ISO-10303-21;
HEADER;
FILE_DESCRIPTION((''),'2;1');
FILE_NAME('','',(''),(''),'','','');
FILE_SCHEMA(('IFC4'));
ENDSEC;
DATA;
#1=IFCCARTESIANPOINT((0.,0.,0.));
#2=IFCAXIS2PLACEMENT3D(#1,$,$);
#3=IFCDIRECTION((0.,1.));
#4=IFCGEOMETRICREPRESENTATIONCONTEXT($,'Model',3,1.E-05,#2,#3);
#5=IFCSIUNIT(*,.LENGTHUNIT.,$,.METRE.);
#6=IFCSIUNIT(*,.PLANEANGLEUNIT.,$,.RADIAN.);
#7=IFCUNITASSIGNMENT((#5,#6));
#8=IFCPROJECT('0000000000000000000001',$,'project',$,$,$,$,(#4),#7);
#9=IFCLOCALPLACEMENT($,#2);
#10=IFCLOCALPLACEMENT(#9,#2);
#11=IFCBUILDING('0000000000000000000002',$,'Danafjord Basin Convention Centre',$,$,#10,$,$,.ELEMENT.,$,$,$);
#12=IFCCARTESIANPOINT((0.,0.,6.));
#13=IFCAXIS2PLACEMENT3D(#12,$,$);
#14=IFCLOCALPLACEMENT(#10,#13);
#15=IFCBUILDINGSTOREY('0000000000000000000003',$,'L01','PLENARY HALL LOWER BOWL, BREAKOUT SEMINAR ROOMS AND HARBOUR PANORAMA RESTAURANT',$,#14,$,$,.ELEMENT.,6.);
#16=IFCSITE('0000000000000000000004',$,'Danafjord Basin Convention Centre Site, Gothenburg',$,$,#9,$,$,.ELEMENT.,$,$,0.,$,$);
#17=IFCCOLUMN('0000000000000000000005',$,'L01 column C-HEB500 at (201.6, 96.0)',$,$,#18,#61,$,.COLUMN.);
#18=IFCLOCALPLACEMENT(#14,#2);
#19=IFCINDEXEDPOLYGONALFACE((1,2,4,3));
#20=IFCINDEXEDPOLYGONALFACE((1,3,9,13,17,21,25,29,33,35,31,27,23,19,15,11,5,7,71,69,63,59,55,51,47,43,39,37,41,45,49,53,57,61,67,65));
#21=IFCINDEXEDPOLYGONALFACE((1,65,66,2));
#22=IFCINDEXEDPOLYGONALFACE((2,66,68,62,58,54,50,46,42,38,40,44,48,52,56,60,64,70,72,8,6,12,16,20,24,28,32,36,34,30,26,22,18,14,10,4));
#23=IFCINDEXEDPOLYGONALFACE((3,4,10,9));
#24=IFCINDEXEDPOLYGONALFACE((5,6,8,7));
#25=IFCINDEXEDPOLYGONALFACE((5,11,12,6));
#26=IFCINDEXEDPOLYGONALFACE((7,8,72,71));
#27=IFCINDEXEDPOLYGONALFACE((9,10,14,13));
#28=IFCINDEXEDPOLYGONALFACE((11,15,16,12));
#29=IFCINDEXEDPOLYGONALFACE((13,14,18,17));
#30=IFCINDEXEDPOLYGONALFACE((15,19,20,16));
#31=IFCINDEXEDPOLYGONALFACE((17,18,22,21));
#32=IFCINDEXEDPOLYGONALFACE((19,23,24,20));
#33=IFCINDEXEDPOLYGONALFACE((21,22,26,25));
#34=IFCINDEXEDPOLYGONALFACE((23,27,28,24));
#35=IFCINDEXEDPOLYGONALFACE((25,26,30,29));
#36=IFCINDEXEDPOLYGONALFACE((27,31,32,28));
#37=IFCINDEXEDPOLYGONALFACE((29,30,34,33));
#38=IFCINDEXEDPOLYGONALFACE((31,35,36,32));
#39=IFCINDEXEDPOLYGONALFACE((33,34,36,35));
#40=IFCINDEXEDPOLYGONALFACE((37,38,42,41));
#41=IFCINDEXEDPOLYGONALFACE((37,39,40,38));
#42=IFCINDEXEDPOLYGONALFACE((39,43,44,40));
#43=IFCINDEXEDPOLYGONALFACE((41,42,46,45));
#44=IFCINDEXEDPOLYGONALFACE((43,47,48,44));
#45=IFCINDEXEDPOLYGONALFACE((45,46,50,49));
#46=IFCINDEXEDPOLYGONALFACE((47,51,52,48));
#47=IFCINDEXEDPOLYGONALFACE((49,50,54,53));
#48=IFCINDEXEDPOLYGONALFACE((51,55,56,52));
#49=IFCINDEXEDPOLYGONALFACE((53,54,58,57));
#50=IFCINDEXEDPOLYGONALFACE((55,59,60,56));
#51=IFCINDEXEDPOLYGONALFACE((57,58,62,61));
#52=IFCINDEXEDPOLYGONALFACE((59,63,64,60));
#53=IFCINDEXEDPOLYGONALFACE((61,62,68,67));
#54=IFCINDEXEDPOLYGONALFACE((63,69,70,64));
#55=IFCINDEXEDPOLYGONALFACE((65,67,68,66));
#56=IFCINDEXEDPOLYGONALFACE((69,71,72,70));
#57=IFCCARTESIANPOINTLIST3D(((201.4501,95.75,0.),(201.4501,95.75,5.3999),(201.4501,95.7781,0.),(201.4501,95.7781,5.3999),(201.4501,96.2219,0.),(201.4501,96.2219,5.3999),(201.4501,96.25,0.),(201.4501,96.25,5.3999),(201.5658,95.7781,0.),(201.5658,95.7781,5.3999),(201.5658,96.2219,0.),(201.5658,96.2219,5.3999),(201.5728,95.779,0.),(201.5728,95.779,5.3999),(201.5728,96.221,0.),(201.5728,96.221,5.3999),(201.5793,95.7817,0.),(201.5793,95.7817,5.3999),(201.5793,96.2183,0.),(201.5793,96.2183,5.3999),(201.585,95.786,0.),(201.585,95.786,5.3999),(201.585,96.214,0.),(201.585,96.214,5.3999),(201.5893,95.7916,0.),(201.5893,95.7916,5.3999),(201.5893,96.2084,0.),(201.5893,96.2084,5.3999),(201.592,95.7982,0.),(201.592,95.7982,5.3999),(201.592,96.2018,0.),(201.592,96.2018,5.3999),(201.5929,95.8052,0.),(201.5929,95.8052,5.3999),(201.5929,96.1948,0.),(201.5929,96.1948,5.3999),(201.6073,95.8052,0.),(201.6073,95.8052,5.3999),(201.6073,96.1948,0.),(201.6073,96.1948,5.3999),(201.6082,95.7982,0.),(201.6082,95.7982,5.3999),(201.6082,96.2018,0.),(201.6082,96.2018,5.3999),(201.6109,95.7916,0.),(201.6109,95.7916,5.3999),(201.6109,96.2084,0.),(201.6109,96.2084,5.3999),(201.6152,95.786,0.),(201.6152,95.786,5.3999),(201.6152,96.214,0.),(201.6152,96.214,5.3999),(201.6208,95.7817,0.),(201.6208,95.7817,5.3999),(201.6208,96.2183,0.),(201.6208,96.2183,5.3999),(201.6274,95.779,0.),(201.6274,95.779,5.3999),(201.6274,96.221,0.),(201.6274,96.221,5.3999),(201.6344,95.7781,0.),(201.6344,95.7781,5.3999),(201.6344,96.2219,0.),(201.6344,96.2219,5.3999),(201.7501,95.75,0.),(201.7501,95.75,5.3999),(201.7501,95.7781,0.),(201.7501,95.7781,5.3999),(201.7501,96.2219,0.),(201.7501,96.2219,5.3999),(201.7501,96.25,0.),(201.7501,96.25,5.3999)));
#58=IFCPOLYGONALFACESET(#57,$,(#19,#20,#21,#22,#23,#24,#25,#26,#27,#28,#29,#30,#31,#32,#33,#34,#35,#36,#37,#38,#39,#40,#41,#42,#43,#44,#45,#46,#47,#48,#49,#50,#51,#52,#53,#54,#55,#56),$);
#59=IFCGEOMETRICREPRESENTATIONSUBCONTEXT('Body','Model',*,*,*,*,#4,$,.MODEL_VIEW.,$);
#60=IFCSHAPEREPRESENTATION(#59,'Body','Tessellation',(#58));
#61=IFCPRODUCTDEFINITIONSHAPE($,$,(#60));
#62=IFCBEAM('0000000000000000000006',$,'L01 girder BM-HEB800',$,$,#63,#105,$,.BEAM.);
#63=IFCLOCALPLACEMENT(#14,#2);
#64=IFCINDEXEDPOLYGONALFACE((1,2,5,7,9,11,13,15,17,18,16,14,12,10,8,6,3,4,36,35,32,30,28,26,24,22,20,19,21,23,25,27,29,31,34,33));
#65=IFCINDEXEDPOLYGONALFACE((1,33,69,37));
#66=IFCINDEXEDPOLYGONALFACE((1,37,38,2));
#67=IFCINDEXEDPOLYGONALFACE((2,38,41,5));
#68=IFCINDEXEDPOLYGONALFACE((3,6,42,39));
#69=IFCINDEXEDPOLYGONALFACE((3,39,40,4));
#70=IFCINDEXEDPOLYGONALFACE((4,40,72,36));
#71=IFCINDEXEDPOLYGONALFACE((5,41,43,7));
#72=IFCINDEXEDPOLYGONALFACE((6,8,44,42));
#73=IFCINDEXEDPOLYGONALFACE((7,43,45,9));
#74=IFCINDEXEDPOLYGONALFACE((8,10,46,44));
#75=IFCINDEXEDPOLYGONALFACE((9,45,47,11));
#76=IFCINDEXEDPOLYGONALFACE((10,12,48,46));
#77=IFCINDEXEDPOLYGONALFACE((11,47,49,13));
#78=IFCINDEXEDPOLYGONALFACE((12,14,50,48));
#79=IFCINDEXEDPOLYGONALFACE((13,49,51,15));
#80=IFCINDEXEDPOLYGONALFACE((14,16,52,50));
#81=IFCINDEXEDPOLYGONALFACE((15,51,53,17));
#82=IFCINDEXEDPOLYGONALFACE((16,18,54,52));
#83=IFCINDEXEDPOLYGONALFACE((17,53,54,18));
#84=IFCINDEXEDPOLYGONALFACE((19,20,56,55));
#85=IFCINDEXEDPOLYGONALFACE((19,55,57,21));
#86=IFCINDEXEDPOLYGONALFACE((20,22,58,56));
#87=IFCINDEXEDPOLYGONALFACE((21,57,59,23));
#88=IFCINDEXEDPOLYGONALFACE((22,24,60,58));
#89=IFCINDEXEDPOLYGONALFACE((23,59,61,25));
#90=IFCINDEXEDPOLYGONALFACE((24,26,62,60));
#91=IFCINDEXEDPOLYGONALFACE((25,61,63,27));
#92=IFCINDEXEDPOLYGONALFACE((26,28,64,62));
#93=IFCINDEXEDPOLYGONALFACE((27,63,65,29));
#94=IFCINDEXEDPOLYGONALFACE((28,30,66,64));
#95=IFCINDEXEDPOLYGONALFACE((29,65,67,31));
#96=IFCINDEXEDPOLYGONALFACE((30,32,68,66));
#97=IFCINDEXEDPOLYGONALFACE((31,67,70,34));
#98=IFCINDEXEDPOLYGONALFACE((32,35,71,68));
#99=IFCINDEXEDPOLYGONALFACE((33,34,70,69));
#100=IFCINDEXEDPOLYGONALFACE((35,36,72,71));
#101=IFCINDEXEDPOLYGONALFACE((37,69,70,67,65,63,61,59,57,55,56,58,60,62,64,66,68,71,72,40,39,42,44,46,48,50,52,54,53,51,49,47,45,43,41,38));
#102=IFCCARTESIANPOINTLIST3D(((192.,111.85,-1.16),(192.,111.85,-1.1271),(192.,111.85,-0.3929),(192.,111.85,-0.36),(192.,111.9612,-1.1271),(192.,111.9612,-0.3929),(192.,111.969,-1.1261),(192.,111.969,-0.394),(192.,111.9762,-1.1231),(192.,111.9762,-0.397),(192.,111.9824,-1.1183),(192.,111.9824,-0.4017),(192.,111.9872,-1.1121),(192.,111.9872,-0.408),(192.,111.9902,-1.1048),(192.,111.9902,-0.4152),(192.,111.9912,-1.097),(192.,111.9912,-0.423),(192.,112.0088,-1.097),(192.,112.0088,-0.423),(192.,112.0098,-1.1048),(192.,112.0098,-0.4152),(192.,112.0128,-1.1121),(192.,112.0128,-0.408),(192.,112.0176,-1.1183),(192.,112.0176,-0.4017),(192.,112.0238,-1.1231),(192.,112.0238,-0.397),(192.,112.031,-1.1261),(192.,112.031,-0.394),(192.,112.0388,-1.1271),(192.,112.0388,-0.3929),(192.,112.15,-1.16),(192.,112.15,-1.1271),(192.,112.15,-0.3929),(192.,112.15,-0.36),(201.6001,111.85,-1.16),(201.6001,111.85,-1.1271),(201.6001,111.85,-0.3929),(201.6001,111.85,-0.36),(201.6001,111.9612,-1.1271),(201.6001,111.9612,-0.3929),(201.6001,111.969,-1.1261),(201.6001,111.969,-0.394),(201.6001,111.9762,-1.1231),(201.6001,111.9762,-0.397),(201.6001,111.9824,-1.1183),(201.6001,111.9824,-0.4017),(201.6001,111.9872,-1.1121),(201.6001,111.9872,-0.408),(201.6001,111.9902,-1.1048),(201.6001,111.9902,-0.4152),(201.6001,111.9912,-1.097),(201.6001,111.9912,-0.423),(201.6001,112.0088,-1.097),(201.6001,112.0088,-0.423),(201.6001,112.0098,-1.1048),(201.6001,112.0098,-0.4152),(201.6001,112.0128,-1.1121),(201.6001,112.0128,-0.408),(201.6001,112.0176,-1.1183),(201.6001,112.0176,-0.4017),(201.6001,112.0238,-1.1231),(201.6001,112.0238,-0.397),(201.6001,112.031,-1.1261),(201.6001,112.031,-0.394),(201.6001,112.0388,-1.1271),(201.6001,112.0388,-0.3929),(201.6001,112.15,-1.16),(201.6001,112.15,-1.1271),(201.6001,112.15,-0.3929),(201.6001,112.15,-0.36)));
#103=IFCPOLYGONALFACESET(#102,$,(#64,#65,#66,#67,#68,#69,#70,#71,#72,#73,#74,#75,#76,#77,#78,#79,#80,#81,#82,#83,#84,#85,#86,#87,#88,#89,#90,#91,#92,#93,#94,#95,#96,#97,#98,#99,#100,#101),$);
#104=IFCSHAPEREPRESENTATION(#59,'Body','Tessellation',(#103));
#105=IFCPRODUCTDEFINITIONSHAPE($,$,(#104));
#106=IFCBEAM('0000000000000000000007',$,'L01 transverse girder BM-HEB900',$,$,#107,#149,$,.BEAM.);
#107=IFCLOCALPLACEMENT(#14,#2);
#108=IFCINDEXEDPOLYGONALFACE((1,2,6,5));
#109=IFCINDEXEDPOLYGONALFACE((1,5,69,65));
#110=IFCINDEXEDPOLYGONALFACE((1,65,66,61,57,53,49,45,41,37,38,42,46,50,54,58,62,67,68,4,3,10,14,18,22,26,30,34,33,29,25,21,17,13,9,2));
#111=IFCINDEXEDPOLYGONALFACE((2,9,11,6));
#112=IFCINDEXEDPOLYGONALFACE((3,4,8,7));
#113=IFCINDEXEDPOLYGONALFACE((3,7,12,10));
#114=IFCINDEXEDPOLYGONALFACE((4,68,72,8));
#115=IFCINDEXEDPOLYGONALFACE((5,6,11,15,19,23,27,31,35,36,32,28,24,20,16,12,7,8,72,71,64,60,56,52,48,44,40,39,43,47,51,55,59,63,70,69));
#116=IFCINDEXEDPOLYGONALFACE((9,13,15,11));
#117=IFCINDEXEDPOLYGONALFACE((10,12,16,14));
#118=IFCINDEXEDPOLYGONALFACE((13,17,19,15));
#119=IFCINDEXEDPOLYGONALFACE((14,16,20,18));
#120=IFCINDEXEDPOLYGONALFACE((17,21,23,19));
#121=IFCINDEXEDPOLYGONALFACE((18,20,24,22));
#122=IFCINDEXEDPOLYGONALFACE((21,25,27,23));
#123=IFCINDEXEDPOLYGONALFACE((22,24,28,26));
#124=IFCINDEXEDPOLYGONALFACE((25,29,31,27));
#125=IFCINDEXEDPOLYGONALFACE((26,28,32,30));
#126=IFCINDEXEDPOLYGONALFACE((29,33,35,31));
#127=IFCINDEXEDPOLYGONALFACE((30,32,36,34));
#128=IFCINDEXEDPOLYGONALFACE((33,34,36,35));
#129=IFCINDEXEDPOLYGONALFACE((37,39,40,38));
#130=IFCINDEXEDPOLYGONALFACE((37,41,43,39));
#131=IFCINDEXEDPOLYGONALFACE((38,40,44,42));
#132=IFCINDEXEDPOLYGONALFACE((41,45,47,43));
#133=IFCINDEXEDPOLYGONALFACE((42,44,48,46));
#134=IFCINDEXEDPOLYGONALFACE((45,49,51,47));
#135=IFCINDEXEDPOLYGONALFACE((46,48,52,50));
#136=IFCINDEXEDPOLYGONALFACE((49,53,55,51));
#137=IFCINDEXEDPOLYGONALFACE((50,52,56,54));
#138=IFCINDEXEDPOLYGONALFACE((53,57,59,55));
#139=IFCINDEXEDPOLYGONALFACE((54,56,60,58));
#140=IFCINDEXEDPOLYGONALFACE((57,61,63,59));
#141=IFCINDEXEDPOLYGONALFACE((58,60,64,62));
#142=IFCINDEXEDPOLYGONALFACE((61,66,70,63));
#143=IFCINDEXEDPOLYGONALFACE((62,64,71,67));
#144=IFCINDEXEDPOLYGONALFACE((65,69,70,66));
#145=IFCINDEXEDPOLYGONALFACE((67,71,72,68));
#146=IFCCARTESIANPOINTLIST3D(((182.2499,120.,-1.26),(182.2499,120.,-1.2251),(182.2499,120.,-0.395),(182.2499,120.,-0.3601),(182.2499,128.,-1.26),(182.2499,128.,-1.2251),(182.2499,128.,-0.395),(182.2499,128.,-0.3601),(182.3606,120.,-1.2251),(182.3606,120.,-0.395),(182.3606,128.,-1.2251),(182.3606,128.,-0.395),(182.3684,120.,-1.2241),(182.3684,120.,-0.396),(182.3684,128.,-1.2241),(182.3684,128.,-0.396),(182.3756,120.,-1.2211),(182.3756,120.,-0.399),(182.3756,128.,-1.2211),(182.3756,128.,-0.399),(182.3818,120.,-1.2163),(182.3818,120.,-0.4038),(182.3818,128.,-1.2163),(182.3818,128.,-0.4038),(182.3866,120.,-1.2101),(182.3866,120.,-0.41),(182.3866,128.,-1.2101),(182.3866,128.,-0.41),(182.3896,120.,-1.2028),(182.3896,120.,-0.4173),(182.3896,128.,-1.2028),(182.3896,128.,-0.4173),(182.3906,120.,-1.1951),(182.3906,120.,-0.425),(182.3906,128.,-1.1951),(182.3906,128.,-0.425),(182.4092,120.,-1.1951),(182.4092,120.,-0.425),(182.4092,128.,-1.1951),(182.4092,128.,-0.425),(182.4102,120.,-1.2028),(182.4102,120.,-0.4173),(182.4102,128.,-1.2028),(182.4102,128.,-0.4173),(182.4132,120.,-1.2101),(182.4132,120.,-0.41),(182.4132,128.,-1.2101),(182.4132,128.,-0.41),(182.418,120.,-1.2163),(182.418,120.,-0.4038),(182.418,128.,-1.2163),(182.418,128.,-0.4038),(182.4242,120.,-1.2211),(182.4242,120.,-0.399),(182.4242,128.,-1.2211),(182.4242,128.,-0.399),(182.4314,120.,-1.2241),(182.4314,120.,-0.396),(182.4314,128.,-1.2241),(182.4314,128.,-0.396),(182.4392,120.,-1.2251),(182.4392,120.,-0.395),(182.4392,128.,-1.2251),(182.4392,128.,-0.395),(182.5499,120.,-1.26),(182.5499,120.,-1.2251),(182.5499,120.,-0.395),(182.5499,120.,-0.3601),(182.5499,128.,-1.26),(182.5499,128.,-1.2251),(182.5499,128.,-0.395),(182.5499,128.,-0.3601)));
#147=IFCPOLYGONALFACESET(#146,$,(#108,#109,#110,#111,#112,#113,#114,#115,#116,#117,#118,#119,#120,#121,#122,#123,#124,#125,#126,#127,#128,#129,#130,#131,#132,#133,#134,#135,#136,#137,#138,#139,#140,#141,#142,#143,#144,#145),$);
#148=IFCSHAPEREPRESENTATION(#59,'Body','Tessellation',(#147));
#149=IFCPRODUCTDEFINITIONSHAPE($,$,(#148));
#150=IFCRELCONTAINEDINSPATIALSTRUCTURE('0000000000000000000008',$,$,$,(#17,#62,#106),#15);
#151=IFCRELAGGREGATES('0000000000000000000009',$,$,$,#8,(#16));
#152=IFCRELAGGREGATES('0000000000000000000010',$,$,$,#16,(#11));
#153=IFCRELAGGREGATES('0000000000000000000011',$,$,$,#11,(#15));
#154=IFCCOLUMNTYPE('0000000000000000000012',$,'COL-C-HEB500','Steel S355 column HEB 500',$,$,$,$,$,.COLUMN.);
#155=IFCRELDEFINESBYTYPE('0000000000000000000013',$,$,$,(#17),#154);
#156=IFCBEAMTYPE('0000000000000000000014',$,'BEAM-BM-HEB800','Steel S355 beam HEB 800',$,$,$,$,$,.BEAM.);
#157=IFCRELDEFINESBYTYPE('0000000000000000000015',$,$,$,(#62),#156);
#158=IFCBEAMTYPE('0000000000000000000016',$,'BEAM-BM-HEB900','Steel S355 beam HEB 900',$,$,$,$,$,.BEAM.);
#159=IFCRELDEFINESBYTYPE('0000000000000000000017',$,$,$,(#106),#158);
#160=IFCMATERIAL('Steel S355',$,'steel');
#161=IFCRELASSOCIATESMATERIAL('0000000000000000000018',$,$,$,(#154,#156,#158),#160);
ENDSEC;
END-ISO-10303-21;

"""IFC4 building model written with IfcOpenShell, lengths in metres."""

from ifc_helpers import new_model, si_unit, direction, frame, origin, origin_2d, place, context, subcontext, project, spatial, i_section, extrude, material, material_profile, profile_set, type_object, element, save


model = new_model("IFC4")

# Units and contexts
model_context = context("Model", 3, precision=1e-05, world=origin(), true_north=direction((0.0, 1.0)))
body_context = subcontext(model_context, "Body", "Model", "MODEL_VIEW")
ifc_project = project(units=[si_unit("LENGTHUNIT", "METRE"), si_unit("PLANEANGLEUNIT", "RADIAN")], contexts=[model_context])

# Site, building, storey
site_placement = place(None, origin())
site = spatial("IfcSite", under=ifc_project, at=site_placement, Name="Danafjord Basin Convention Centre Site, Gothenburg", CompositionType="ELEMENT", RefElevation=0.0)
building_placement = place(site_placement, origin())
building = spatial("IfcBuilding", under=site, at=building_placement, Name="Danafjord Basin Convention Centre", CompositionType="ELEMENT")
storey_placement = place(building_placement, frame((0.0, 0.0, 6.0)))
storey = spatial("IfcBuildingStorey", under=building, at=storey_placement, Name="L01", Description="PLENARY HALL LOWER BOWL, BREAKOUT SEMINAR ROOMS AND HARBOUR PANORAMA RESTAURANT", CompositionType="ELEMENT", Elevation=6.0)

# Column
ifc_material_1 = material(Name="Steel S355", Category="steel")
ifc_material_profile_1 = material_profile(ifc_material_1, i_section(OverallWidth=0.3, OverallDepth=0.5, WebThickness=0.0144, FlangeThickness=0.0281, FilletRadius=0.0271, at=origin_2d()), Name="HEB 500")
ifc_profile_set_1 = profile_set([ifc_material_profile_1], Name="Steel S355")
column_type_1 = type_object("IfcColumnType", Name="COL-C-HEB500", Description="Steel S355 column HEB 500", PredefinedType="COLUMN", material=ifc_profile_set_1)
column_1_placement = place(storey_placement, frame((201.6001, 96.0, 0.0), z_axis=(0.0, 0.0, 1.0), x_axis=(1.0, 0.0, 0.0)))
element("IfcColumn", 1, at=column_1_placement, inside=storey, type_object=column_type_1, Name="L01 column C-HEB500 at (201.6, 96.0)", PredefinedType="COLUMN", context=body_context, shape_type="SweptSolid", body=[
    extrude(i_section(OverallWidth=0.3, OverallDepth=0.5, WebThickness=0.0144, FlangeThickness=0.0281, FilletRadius=0.0271, at=origin_2d()), origin(), (0.0, 0.0, 1.0), 5.3999),
])

# Beams
ifc_material_profile_2 = material_profile(ifc_material_1, i_section(OverallWidth=0.3, OverallDepth=0.8, WebThickness=0.0176, FlangeThickness=0.033, FilletRadius=0.03, at=origin_2d()), Name="HEB 800")
ifc_profile_set_2 = profile_set([ifc_material_profile_2], Name="Steel S355")
beam_type_1 = type_object("IfcBeamType", Name="BEAM-BM-HEB800", Description="Steel S355 beam HEB 800", PredefinedType="BEAM", material=ifc_profile_set_2)
beam_1_placement = place(storey_placement, frame((192.0, 112.0, -0.76), z_axis=(1.0, 0.0, 0.0), x_axis=(0.0, 1.0, 0.0)))
element("IfcBeam", 2, at=beam_1_placement, inside=storey, type_object=beam_type_1, Name="L01 girder BM-HEB800", PredefinedType="BEAM", context=body_context, shape_type="SweptSolid", body=[
    extrude(i_section(OverallWidth=0.3, OverallDepth=0.8, WebThickness=0.0176, FlangeThickness=0.033, FilletRadius=0.03, at=origin_2d()), origin(), (0.0, 0.0, 1.0), 9.6001),
])
ifc_material_profile_3 = material_profile(ifc_material_1, i_section(OverallWidth=0.3, OverallDepth=0.8999, WebThickness=0.0186, FlangeThickness=0.0349, FilletRadius=0.03, at=origin_2d()), Name="HEB 900")
ifc_profile_set_3 = profile_set([ifc_material_profile_3], Name="Steel S355")
beam_type_2 = type_object("IfcBeamType", Name="BEAM-BM-HEB900", Description="Steel S355 beam HEB 900", PredefinedType="BEAM", material=ifc_profile_set_3)
beam_2_placement = place(storey_placement, frame((182.3999, 120.0, -0.8101), z_axis=(0.0, 1.0, 0.0), x_axis=(-1.0, 0.0, 0.0)))
element("IfcBeam", 3, at=beam_2_placement, inside=storey, type_object=beam_type_2, Name="L01 transverse girder BM-HEB900", PredefinedType="BEAM", context=body_context, shape_type="SweptSolid", body=[
    extrude(i_section(OverallWidth=0.3, OverallDepth=0.8999, WebThickness=0.0186, FlangeThickness=0.0349, FilletRadius=0.03, at=origin_2d()), origin(), (0.0, 0.0, 1.0), 8.0),
])

save(model, "model.ifc")
